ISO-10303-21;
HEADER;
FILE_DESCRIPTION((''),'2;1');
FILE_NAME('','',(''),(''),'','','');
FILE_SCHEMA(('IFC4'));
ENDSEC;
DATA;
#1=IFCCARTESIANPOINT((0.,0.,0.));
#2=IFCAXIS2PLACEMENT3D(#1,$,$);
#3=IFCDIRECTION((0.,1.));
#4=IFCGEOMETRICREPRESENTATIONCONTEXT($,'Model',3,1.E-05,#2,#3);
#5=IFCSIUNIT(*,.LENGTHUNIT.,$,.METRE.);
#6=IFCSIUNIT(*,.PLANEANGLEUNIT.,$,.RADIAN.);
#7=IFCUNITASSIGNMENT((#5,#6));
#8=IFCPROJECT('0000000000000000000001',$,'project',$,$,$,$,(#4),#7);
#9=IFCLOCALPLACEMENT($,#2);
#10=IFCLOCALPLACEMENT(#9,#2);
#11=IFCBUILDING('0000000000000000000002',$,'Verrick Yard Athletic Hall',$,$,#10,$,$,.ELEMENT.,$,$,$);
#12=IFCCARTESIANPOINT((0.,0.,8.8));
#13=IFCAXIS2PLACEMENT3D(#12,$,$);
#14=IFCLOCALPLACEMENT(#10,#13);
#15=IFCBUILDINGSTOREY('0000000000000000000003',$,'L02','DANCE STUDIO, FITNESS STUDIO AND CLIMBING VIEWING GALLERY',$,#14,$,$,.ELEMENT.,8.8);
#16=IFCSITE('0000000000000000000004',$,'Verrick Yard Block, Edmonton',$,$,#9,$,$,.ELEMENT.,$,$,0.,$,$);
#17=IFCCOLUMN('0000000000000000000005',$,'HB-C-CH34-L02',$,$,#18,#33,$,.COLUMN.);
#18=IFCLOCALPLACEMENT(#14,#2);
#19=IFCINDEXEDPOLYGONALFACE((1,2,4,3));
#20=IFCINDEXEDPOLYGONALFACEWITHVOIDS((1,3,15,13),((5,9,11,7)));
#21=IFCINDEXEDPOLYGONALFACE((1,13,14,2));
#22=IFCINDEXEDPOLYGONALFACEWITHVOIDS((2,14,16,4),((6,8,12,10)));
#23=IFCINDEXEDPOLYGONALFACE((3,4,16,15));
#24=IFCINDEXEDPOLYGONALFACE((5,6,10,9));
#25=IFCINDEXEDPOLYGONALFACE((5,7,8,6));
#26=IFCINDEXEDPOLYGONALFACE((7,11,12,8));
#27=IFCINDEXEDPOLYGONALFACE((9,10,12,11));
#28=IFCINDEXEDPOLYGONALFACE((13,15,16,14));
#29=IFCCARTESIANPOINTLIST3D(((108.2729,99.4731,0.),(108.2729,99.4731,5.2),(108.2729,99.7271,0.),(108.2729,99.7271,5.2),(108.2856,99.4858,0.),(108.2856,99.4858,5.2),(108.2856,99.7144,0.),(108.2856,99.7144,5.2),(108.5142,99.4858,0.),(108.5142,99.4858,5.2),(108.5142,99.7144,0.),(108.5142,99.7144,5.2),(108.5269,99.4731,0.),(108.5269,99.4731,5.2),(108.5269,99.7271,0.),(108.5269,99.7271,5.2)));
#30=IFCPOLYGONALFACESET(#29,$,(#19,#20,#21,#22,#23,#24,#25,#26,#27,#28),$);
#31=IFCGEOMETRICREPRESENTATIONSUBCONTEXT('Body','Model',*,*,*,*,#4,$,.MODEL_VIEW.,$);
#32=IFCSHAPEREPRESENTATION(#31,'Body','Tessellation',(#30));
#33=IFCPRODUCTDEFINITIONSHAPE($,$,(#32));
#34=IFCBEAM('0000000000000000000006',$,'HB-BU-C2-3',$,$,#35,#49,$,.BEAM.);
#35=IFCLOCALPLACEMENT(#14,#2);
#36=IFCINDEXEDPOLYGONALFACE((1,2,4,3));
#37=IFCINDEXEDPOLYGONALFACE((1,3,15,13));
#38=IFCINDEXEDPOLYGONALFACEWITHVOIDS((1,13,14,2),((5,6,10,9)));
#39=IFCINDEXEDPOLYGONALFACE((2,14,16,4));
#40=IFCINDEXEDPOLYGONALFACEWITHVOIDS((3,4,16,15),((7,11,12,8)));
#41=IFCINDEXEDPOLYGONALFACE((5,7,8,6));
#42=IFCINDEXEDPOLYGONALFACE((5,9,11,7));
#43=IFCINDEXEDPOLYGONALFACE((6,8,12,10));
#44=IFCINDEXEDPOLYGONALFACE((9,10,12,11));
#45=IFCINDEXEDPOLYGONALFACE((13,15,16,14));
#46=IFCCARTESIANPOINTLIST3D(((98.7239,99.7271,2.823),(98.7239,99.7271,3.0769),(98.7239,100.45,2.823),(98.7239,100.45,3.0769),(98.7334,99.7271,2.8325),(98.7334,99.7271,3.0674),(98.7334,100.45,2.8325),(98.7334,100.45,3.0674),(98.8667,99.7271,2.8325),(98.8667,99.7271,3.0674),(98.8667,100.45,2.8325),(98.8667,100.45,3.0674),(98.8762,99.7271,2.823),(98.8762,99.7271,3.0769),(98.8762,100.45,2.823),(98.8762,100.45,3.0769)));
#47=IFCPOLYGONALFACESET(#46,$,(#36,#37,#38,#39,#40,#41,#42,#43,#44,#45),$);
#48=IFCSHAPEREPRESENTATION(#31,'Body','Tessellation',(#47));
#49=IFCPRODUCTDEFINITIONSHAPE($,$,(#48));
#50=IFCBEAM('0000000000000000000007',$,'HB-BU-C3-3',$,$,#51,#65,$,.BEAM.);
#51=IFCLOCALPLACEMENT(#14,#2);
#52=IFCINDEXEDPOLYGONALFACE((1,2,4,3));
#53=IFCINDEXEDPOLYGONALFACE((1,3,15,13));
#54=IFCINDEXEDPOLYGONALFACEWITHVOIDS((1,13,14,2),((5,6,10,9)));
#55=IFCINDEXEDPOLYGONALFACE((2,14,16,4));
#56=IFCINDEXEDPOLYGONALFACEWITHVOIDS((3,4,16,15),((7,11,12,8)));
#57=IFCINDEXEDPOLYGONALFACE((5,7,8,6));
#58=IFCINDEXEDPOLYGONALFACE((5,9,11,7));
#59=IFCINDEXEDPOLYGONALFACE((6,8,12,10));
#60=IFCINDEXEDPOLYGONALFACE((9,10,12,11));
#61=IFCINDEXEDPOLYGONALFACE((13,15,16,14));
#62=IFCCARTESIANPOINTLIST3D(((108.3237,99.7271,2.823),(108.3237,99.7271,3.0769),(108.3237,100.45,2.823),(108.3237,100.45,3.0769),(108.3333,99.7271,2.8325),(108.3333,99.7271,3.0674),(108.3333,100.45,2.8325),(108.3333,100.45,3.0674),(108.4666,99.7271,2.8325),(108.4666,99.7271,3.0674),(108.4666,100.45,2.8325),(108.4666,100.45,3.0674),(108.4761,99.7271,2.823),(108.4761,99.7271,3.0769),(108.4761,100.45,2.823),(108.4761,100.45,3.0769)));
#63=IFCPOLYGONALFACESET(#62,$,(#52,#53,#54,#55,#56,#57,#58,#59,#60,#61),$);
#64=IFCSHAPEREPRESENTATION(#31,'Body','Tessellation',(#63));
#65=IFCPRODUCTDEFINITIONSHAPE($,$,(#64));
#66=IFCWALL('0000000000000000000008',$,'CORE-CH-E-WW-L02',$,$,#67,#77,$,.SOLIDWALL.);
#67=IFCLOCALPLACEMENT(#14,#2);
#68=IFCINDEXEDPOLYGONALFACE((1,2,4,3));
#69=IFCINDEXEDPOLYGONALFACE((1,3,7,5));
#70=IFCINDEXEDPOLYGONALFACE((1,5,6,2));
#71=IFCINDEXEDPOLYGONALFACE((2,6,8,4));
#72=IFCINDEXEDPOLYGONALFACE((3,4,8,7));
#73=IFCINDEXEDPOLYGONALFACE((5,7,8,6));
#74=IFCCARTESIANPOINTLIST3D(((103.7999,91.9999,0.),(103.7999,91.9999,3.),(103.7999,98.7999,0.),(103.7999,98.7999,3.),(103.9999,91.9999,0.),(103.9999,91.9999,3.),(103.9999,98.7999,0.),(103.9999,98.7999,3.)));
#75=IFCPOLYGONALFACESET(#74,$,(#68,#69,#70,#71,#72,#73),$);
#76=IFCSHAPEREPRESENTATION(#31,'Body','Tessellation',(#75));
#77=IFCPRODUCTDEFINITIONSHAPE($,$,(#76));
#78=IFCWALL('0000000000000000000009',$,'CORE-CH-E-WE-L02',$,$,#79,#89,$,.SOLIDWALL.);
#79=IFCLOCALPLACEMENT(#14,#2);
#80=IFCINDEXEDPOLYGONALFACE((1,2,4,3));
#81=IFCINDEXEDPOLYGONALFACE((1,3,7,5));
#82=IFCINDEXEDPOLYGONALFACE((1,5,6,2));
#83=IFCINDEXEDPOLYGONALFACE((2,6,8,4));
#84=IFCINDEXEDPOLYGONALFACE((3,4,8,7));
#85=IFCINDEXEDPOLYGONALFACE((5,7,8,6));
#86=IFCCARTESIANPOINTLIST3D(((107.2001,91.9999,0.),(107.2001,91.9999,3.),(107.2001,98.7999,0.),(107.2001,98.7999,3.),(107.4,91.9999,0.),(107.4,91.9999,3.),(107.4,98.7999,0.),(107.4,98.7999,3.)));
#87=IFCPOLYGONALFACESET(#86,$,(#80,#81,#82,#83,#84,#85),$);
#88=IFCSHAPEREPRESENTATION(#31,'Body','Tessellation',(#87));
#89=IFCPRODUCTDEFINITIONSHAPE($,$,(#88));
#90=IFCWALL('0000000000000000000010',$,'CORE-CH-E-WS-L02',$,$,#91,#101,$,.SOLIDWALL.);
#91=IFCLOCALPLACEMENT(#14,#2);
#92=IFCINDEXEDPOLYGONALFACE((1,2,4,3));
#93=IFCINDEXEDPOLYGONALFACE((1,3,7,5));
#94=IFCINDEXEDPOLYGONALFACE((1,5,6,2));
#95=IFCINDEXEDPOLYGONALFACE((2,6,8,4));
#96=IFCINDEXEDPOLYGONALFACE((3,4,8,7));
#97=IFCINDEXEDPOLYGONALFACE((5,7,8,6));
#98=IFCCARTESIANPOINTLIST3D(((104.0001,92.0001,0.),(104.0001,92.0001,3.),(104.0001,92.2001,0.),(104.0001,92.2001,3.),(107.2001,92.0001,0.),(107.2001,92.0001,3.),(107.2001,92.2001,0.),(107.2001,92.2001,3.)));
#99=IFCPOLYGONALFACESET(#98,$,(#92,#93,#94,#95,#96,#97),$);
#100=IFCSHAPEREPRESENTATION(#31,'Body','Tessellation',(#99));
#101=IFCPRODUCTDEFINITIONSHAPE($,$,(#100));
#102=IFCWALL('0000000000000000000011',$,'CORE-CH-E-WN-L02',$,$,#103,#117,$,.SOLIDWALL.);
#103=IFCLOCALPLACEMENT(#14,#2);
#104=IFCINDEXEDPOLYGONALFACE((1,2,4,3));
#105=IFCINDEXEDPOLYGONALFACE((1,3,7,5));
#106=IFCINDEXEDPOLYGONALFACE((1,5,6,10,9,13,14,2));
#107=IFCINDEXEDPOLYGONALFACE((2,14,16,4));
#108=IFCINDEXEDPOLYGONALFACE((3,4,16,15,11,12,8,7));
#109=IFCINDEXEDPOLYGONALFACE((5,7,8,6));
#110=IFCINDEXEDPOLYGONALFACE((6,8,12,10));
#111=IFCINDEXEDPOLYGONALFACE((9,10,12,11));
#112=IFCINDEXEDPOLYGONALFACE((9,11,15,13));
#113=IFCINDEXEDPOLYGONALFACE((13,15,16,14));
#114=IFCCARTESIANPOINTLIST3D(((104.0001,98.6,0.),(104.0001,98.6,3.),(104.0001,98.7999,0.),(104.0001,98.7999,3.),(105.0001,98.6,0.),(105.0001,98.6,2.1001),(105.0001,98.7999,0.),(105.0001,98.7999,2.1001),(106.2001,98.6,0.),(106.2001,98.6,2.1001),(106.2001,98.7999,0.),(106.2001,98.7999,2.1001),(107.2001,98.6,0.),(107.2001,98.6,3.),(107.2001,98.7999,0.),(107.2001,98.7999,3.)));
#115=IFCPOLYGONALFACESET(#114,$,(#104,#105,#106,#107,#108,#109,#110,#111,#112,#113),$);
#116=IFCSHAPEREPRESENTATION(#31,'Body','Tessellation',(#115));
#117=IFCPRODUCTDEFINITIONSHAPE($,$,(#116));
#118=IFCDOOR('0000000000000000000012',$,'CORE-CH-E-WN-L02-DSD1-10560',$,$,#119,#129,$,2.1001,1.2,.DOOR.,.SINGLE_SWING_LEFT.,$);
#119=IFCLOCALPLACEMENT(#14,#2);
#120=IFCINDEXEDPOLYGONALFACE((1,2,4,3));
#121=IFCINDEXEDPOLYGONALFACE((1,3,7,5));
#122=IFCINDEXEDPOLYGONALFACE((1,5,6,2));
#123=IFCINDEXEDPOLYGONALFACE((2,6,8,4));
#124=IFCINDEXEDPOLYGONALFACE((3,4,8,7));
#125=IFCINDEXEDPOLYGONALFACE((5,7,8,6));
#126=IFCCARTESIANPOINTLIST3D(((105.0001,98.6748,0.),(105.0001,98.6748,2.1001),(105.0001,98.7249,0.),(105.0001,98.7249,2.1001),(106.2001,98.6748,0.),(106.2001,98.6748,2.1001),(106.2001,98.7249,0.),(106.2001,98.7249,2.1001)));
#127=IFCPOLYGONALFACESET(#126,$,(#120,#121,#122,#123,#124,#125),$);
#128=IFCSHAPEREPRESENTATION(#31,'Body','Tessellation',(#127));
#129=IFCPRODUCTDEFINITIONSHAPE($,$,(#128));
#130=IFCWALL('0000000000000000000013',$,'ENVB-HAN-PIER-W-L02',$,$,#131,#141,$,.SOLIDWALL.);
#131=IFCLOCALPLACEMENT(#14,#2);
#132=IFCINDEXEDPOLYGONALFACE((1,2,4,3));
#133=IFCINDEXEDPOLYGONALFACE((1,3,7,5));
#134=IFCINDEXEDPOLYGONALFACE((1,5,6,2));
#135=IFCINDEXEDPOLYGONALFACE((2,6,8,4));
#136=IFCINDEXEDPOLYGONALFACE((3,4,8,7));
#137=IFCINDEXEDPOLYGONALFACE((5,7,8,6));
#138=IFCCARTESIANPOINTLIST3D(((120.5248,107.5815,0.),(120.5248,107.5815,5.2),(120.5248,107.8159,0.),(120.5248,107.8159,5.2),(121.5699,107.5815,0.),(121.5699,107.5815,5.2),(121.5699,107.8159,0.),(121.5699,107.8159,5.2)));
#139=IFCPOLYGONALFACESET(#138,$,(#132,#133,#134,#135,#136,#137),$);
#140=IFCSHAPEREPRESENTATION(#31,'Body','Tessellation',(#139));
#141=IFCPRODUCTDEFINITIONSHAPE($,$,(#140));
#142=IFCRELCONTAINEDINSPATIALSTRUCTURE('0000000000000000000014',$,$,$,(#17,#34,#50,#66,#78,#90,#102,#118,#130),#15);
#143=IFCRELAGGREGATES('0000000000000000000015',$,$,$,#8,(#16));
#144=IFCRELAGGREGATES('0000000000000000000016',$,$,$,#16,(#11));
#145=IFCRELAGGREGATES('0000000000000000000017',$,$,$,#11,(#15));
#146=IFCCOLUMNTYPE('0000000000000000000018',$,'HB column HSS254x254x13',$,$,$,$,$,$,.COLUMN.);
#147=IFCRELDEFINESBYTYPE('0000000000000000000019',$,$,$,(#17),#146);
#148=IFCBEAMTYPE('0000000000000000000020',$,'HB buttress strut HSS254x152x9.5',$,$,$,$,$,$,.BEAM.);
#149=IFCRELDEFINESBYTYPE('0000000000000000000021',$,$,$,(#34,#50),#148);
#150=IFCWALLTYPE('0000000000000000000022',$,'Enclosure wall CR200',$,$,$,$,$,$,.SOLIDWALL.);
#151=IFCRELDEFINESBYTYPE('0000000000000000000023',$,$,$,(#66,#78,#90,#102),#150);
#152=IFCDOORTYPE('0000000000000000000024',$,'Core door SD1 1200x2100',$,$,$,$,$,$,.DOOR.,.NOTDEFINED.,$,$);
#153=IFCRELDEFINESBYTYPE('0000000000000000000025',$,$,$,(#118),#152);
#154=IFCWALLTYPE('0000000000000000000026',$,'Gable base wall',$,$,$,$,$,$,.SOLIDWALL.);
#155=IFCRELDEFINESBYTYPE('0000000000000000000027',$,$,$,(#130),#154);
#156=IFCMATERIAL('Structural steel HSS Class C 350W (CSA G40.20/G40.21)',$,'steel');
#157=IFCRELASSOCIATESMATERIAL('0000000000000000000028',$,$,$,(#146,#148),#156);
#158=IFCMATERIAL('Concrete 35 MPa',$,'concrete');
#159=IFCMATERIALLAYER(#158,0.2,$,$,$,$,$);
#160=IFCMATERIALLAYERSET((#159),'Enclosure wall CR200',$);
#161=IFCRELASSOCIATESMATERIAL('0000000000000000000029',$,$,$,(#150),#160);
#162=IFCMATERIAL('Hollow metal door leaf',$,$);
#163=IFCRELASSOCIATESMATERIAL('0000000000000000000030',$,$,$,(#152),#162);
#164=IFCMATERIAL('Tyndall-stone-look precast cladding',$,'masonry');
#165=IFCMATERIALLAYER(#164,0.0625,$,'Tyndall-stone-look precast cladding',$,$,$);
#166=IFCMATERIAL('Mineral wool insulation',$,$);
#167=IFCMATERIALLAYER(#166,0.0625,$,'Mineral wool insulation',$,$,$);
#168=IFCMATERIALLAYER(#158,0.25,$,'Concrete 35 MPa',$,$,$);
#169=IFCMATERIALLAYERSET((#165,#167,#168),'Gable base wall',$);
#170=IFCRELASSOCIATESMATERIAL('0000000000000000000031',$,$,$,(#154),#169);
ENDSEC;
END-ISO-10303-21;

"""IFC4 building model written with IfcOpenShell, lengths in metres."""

from ifc_helpers import new_model, si_unit, direction, frame, frame_2d, origin, origin_2d, place, context, subcontext, project, spatial, rectangle, hollow_rectangle, extrude, material, layer, layer_set, material_profile, profile_set, type_object, element, fill, save


model = new_model("IFC4")

# Units and contexts
model_context = context("Model", 3, precision=1e-05, world=origin(), true_north=direction((0.0, 1.0)))
body_context = subcontext(model_context, "Body", "Model", "MODEL_VIEW")
ifc_project = project(units=[si_unit("LENGTHUNIT", "METRE"), si_unit("PLANEANGLEUNIT", "RADIAN")], contexts=[model_context])

# Site, building, storey
site_placement = place(None, origin())
site = spatial("IfcSite", under=ifc_project, at=site_placement, Name="Verrick Yard Block, Edmonton", CompositionType="ELEMENT", RefElevation=0.0)
building_placement = place(site_placement, origin())
building = spatial("IfcBuilding", under=site, at=building_placement, Name="Verrick Yard Athletic Hall", CompositionType="ELEMENT")
storey_placement = place(building_placement, frame((0.0, 0.0, 8.8)))
storey = spatial("IfcBuildingStorey", under=building, at=storey_placement, Name="L02", Description="DANCE STUDIO, FITNESS STUDIO AND CLIMBING VIEWING GALLERY", CompositionType="ELEMENT", Elevation=8.8)

# Column
ifc_material_1 = material(Name="Structural steel HSS Class C 350W (CSA G40.20/G40.21)", Category="steel")
ifc_material_profile_1 = material_profile(ifc_material_1, hollow_rectangle(XDim=0.2539, YDim=0.2539, WallThickness=0.0127, at=origin_2d()), Name="HSS254x254x13")
ifc_profile_set_1 = profile_set([ifc_material_profile_1], Name="Structural steel HSS Class C 350W (CSA G40.20/G40.21)")
column_type = type_object("IfcColumnType", Name="HB column HSS254x254x13", PredefinedType="COLUMN", material=ifc_profile_set_1)
column_placement = place(storey_placement, frame((108.3999, 99.6001, 0.0), z_axis=(0.0, 0.0, 1.0), x_axis=(1.0, 0.0, 0.0)))
element("IfcColumn", 1, at=column_placement, inside=storey, type_object=column_type, Name="HB-C-CH34-L02", PredefinedType="COLUMN", context=body_context, shape_type="SweptSolid", body=[
    extrude(hollow_rectangle(XDim=0.2539, YDim=0.2539, WallThickness=0.0127, at=origin_2d()), origin(), (0.0, 0.0, 1.0), 5.2),
])

# Beams
ifc_material_profile_2 = material_profile(ifc_material_1, hollow_rectangle(XDim=0.1523, YDim=0.2539, WallThickness=0.0095, at=origin_2d()), Name="HSS254x152x9.5")
ifc_profile_set_2 = profile_set([ifc_material_profile_2], Name="Structural steel HSS Class C 350W (CSA G40.20/G40.21)")
beam_type = type_object("IfcBeamType", Name="HB buttress strut HSS254x152x9.5", PredefinedType="BEAM", material=ifc_profile_set_2)
for number, where, z_axis, x_axis, name in (
    (2, (98.8, 99.7271, 2.95), (0.0, 1.0, 0.0), (-1.0, 0.0, 0.0), "HB-BU-C2-3"),
    (3, (108.3999, 99.7271, 2.95), (0.0, 1.0, 0.0), (-1.0, 0.0, 0.0), "HB-BU-C3-3"),
):
    element("IfcBeam", number, at=place(storey_placement, frame(where, z_axis=z_axis, x_axis=x_axis)), inside=storey, type_object=beam_type, Name=name, PredefinedType="BEAM", context=body_context, shape_type="SweptSolid", body=[
        extrude(hollow_rectangle(XDim=0.1523, YDim=0.2539, WallThickness=0.0095, at=origin_2d()), origin(), (0.0, 0.0, 1.0), 0.7229),
    ])

# Walls
ifc_material_2 = material(Name="Concrete 35 MPa", Category="concrete")
ifc_layer_1 = layer(ifc_material_2, 0.2)
ifc_layer_set_1 = layer_set([ifc_layer_1], Name="Enclosure wall CR200")
wall_type_1 = type_object("IfcWallType", Name="Enclosure wall CR200", PredefinedType="SOLIDWALL", material=ifc_layer_set_1)
for number, where, z_axis, x_axis, name in (
    (4, (103.8999, 92.0, 0.0), (0.0, 0.0, 1.0), (0.0, 1.0, 0.0), "CORE-CH-E-WW-L02"),
    (5, (107.3, 92.0, 0.0), (0.0, 0.0, 1.0), (0.0, 1.0, 0.0), "CORE-CH-E-WE-L02"),
):
    element("IfcWall", number, at=place(storey_placement, frame(where, z_axis=z_axis, x_axis=x_axis)), inside=storey, type_object=wall_type_1, Name=name, PredefinedType="SOLIDWALL", context=body_context, shape_type="SweptSolid", body=[
        extrude(rectangle(XDim=6.8, YDim=0.2, at=frame_2d((3.3999, 0.0))), origin(), (0.0, 0.0, 1.0), 3.0),
    ])
wall_1_placement = place(storey_placement, frame((104.0, 92.1001, 0.0), z_axis=(0.0, 0.0, 1.0), x_axis=(1.0, 0.0, 0.0)))
element("IfcWall", 6, at=wall_1_placement, inside=storey, type_object=wall_type_1, Name="CORE-CH-E-WS-L02", PredefinedType="SOLIDWALL", context=body_context, shape_type="SweptSolid", body=[
    extrude(rectangle(XDim=3.2, YDim=0.2, at=frame_2d((1.6001, 0.0))), origin(), (0.0, 0.0, 1.0), 3.0),
])

# Wall, opening, door
wall_2_placement = place(storey_placement, frame((104.0, 98.7, 0.0), z_axis=(0.0, 0.0, 1.0), x_axis=(1.0, 0.0, 0.0)))
wall_2 = element("IfcWall", 7, at=wall_2_placement, inside=storey, type_object=wall_type_1, Name="CORE-CH-E-WN-L02", PredefinedType="SOLIDWALL", context=body_context, shape_type="SweptSolid", body=[
    extrude(rectangle(XDim=3.2, YDim=0.2, at=frame_2d((1.6001, 0.0))), origin(), (0.0, 0.0, 1.0), 3.0),
])
opening_placement = place(wall_2_placement, frame((1.0, 0.0, 0.0)))
opening = element("IfcOpeningElement", 8, at=opening_placement, cuts=wall_2, PredefinedType="OPENING", context=body_context, shape_type="SweptSolid", body=[
    extrude(rectangle(XDim=1.2, YDim=2.1001, at=frame_2d((0.6001, 1.05))), frame((0.0, 0.1099, 0.0), z_axis=(0.0, -1.0, 0.0), x_axis=(1.0, 0.0, 0.0)), (0.0, 0.0, 1.0), 0.22),
])
ifc_material_3 = material(Name="Hollow metal door leaf")
door_type = type_object("IfcDoorType", Name="Core door SD1 1200x2100", OperationType="NOTDEFINED", PredefinedType="DOOR", material=ifc_material_3)
door_placement = place(opening_placement, origin())
door = element("IfcDoor", 9, at=door_placement, inside=storey, type_object=door_type, Name="CORE-CH-E-WN-L02-DSD1-10560", OperationType="SINGLE_SWING_LEFT", OverallHeight=2.1001, OverallWidth=1.2, PredefinedType="DOOR", context=body_context, shape_type="SweptSolid", body=[
    extrude(rectangle(XDim=1.2, YDim=2.1001, at=frame_2d((0.6001, 1.05))), frame((0.0, 0.0249, 0.0), z_axis=(0.0, -1.0, 0.0), x_axis=(1.0, 0.0, 0.0)), (0.0, 0.0, 1.0), 0.05),
])
fill(opening, door)

# Wall
ifc_material_4 = material(Name="Tyndall-stone-look precast cladding", Category="masonry")
ifc_layer_2 = layer(ifc_material_4, 0.0625, Name="Tyndall-stone-look precast cladding")
ifc_material_5 = material(Name="Mineral wool insulation")
ifc_layer_3 = layer(ifc_material_5, 0.0625, Name="Mineral wool insulation")
ifc_layer_4 = layer(ifc_material_2, 0.25, Name="Concrete 35 MPa")
ifc_layer_set_2 = layer_set([ifc_layer_2, ifc_layer_3, ifc_layer_4], Name="Gable base wall")
wall_type_2 = type_object("IfcWallType", Name="Gable base wall", PredefinedType="SOLIDWALL", material=ifc_layer_set_2)
wall_3_placement = place(storey_placement, frame((120.5249, 107.6987, 0.0), z_axis=(0.0, 0.0, 1.0), x_axis=(1.0, 0.0, 0.0)))
element("IfcWall", 10, at=wall_3_placement, inside=storey, type_object=wall_type_2, Name="ENVB-HAN-PIER-W-L02", PredefinedType="SOLIDWALL", context=body_context, shape_type="SweptSolid", body=[
    extrude(rectangle(XDim=1.0452, YDim=0.2344, at=frame_2d((0.5225, 0.0))), origin(), (0.0, 0.0, 1.0), 5.2),
])

save(model, "model.ifc")
